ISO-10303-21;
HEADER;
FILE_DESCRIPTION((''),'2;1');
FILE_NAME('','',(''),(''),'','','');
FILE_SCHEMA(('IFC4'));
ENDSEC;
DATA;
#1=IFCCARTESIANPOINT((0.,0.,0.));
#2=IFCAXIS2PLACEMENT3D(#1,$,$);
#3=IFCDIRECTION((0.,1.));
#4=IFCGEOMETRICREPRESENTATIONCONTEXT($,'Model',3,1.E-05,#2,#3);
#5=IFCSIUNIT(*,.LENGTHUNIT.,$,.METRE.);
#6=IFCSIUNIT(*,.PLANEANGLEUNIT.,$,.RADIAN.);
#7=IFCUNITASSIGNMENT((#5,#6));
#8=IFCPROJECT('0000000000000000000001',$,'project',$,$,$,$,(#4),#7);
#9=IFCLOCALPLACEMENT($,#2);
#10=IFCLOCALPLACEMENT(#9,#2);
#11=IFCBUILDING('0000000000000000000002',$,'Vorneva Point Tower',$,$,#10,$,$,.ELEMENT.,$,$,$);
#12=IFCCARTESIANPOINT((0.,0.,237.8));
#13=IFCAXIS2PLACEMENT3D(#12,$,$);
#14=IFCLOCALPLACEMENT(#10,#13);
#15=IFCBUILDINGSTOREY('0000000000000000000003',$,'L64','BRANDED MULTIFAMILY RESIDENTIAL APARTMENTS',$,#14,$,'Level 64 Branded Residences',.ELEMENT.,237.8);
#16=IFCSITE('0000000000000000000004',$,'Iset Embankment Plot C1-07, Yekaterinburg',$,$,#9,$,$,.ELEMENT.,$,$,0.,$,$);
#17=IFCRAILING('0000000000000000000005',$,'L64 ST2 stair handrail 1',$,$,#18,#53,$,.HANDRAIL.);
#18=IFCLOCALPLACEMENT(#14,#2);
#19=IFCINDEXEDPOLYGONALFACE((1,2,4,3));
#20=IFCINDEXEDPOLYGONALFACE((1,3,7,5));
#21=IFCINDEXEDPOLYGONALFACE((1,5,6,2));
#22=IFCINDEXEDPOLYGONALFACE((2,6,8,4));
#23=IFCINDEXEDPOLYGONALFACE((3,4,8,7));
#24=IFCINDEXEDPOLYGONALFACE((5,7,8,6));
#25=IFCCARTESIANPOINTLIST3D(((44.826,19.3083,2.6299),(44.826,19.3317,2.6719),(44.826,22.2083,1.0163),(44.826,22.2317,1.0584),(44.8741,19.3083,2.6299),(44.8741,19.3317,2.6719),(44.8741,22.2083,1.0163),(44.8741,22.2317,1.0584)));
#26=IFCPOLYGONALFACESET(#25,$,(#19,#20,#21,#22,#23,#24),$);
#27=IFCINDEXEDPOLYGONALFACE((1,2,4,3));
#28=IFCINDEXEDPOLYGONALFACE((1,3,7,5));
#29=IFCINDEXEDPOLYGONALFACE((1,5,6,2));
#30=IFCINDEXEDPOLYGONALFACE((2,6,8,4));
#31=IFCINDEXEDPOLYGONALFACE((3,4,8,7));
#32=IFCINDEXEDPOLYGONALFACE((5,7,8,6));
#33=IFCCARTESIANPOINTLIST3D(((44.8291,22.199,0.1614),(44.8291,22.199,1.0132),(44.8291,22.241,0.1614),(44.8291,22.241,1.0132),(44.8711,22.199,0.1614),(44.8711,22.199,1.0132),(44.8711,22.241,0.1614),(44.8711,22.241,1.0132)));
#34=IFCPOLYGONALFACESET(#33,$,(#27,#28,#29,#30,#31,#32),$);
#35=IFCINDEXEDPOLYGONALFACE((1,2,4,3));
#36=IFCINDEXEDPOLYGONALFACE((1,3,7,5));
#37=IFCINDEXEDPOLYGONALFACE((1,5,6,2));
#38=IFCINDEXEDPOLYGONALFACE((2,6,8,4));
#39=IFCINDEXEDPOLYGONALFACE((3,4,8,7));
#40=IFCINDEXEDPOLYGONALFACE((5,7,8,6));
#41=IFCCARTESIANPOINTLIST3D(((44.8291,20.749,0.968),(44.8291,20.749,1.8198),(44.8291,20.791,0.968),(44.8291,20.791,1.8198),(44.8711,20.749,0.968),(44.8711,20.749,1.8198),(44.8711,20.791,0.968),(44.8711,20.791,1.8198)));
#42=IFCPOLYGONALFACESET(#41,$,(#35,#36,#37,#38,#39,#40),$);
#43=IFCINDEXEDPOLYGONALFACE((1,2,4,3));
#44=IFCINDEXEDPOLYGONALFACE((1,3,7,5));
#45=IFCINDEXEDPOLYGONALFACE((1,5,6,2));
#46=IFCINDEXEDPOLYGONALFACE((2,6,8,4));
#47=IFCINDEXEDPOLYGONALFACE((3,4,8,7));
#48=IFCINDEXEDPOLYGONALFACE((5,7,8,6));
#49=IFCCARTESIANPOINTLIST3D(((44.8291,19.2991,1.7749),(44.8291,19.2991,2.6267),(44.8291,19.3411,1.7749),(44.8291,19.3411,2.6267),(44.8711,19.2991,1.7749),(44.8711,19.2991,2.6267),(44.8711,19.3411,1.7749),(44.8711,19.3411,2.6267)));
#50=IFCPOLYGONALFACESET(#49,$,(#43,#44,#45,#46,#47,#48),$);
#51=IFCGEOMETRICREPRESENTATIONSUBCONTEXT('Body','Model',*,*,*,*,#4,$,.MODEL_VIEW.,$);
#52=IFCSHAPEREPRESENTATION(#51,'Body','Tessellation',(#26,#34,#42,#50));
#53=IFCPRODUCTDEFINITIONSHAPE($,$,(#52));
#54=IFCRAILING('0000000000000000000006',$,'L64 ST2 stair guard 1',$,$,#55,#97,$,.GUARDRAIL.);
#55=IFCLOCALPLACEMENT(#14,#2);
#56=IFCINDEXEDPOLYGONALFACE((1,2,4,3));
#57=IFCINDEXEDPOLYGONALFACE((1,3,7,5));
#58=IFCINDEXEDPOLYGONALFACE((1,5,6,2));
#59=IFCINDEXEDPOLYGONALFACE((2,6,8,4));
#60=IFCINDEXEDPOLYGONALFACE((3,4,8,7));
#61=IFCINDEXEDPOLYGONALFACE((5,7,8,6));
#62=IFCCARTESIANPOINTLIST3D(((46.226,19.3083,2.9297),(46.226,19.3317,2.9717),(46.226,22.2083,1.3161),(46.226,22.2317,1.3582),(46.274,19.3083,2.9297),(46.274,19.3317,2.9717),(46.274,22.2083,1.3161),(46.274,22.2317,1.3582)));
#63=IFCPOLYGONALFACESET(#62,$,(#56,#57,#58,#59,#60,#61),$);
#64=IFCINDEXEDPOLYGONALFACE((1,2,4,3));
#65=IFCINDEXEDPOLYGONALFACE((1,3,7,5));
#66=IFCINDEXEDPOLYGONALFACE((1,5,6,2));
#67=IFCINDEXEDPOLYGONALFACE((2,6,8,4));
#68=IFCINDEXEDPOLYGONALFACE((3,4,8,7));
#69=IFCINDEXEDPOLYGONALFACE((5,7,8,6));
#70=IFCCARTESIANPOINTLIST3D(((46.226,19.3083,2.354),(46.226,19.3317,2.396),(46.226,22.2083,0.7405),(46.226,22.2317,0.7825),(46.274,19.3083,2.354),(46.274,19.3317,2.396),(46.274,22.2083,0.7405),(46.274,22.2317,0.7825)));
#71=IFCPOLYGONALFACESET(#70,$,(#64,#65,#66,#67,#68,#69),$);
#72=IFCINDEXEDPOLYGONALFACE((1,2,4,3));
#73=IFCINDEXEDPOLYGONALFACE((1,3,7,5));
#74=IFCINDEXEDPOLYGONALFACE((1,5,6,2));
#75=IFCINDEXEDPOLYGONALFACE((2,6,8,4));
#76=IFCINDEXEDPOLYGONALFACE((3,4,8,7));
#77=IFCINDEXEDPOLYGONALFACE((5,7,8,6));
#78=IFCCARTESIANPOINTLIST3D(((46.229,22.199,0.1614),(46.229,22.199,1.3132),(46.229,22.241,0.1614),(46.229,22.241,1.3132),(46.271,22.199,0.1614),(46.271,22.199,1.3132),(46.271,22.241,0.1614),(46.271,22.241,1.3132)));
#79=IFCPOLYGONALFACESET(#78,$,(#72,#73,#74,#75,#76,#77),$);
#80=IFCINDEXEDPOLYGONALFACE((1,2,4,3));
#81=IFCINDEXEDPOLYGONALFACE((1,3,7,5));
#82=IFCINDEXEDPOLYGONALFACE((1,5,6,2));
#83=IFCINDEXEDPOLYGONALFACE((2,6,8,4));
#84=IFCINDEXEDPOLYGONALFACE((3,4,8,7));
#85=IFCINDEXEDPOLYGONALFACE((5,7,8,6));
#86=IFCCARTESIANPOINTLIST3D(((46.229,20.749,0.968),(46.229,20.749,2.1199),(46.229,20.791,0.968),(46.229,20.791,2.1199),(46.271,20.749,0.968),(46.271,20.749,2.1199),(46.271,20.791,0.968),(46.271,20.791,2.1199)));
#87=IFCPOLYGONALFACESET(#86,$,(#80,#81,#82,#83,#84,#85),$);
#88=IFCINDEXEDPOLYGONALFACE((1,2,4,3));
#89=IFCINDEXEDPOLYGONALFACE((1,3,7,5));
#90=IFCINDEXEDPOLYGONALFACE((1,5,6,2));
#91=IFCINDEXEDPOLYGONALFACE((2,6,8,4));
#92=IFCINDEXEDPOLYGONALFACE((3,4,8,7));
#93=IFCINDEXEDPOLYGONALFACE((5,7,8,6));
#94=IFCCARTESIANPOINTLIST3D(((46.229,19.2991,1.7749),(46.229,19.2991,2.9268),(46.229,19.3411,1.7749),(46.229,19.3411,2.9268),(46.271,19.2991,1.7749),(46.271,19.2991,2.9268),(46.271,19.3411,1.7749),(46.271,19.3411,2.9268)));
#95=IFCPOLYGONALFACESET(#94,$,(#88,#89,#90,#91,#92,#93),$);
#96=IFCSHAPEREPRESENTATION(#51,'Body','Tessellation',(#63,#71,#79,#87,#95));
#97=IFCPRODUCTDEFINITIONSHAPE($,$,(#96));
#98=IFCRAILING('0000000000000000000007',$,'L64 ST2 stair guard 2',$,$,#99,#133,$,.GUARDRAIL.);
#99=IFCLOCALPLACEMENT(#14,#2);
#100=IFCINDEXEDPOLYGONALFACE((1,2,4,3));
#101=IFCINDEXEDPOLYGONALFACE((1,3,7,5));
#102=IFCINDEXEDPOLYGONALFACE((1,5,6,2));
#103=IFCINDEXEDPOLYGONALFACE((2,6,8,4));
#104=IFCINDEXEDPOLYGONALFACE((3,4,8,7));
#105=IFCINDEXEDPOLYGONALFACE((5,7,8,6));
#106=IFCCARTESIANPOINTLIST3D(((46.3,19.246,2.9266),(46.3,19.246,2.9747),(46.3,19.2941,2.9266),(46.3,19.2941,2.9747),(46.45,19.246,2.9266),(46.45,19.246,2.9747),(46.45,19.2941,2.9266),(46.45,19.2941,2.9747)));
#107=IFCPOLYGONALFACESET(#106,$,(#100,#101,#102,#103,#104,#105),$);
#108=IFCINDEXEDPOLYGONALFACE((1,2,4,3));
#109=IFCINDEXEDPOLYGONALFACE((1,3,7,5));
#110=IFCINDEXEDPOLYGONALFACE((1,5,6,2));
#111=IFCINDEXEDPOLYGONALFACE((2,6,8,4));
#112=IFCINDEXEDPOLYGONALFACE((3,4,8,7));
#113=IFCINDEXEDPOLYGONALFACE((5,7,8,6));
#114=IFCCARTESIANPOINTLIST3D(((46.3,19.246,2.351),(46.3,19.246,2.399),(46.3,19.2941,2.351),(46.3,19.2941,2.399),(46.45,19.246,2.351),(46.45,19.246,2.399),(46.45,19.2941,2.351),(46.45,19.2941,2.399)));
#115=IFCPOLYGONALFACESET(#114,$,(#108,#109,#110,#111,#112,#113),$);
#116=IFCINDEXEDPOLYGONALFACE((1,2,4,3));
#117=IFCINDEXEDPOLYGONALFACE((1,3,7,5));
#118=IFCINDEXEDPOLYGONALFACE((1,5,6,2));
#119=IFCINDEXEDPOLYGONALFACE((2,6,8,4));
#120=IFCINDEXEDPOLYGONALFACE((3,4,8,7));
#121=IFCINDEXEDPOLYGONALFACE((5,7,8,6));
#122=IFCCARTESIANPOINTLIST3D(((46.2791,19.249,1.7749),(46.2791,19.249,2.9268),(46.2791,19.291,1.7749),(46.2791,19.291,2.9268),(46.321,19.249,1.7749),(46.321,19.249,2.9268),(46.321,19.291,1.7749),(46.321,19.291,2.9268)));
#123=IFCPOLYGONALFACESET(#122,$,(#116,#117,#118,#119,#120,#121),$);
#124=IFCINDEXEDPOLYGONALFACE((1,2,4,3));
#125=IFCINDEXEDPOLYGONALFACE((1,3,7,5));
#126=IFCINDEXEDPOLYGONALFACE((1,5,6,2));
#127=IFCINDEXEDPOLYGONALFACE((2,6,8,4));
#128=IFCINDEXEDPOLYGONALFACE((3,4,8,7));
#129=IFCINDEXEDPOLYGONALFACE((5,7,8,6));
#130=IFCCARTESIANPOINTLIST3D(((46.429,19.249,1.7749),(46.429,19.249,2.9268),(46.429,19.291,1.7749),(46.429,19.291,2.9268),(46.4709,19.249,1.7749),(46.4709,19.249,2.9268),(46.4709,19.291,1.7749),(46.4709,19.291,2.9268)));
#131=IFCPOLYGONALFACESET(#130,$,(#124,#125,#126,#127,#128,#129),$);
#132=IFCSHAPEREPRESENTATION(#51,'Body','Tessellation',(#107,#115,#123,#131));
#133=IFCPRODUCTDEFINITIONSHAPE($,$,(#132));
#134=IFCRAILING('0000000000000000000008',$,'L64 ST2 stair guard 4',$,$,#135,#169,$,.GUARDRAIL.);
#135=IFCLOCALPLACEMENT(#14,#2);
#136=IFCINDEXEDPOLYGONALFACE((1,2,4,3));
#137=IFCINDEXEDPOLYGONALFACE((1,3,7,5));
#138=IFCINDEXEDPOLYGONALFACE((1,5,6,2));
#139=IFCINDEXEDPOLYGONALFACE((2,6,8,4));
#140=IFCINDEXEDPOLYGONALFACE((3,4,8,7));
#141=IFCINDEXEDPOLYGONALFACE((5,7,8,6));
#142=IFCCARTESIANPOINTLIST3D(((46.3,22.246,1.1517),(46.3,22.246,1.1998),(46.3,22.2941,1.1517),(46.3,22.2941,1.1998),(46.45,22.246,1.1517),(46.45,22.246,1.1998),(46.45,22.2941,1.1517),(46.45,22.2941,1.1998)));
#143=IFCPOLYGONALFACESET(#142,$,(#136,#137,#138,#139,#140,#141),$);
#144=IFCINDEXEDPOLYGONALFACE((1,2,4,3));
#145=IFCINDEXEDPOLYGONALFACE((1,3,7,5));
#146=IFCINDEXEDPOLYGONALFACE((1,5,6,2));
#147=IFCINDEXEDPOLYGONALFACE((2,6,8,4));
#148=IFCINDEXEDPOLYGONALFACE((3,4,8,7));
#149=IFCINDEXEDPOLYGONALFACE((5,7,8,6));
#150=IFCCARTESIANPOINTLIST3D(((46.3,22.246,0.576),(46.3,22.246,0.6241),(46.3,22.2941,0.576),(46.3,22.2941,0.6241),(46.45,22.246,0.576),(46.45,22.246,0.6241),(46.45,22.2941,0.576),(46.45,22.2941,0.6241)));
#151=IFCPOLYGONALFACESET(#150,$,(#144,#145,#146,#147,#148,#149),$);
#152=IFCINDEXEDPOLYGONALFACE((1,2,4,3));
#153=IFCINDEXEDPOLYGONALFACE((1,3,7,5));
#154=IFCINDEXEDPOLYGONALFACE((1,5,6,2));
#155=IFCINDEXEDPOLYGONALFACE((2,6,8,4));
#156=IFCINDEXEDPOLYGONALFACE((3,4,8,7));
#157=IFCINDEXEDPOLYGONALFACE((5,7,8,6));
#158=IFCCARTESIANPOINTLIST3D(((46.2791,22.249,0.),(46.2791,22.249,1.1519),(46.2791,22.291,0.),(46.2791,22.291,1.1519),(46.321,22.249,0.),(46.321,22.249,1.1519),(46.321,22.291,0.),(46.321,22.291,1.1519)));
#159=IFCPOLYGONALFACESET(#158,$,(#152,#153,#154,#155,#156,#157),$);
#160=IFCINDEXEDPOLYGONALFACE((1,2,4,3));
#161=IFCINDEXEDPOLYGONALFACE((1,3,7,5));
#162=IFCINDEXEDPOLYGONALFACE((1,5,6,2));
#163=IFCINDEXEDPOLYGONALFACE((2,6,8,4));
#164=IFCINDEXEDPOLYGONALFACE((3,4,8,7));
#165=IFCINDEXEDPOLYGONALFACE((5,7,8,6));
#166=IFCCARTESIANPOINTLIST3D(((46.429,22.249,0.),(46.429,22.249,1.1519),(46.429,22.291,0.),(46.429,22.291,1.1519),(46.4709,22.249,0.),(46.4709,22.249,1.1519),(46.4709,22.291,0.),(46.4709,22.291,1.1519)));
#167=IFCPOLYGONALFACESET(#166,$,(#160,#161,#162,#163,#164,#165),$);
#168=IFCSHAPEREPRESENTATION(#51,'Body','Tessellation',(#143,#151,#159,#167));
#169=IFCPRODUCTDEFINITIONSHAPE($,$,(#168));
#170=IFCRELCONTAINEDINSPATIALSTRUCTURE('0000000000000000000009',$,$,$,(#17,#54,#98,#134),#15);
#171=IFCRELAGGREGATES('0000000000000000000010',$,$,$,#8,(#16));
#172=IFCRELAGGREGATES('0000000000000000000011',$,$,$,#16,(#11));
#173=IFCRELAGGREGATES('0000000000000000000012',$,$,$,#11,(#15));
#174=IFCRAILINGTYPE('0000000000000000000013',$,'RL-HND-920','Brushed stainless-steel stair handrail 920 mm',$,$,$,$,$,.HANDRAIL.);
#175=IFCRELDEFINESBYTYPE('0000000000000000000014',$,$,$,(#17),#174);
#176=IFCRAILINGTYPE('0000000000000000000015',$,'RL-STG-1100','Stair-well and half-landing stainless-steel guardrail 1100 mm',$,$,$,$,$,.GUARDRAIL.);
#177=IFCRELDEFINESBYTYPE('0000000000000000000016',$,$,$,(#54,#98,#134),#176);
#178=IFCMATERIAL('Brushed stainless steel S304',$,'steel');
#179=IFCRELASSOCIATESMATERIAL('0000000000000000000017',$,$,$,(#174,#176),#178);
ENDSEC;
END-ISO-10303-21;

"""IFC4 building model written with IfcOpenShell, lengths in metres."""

from ifc_helpers import new_model, si_unit, direction, frame, origin, origin_2d, place, context, subcontext, project, spatial, rectangle, extrude, material, type_object, element, save


model = new_model("IFC4")

# Units and contexts
model_context = context("Model", 3, precision=1e-05, world=origin(), true_north=direction((0.0, 1.0)))
body_context = subcontext(model_context, "Body", "Model", "MODEL_VIEW")
ifc_project = project(units=[si_unit("LENGTHUNIT", "METRE"), si_unit("PLANEANGLEUNIT", "RADIAN")], contexts=[model_context])

# Site, building, storey
site_placement = place(None, origin())
site = spatial("IfcSite", under=ifc_project, at=site_placement, Name="Iset Embankment Plot C1-07, Yekaterinburg", CompositionType="ELEMENT", RefElevation=0.0)
building_placement = place(site_placement, origin())
building = spatial("IfcBuilding", under=site, at=building_placement, Name="Vorneva Point Tower", CompositionType="ELEMENT")
storey_placement = place(building_placement, frame((0.0, 0.0, 237.8)))
storey = spatial("IfcBuildingStorey", under=building, at=storey_placement, Name="L64", Description="BRANDED MULTIFAMILY RESIDENTIAL APARTMENTS", LongName="Level 64 Branded Residences", CompositionType="ELEMENT", Elevation=237.8)

# Railings
ifc_material_1 = material(Name="Brushed stainless steel S304", Category="steel")
railing_type_1 = type_object("IfcRailingType", Name="RL-HND-920", Description="Brushed stainless-steel stair handrail 920 mm", PredefinedType="HANDRAIL", material=ifc_material_1)
railing_1_placement = place(storey_placement, frame((44.8501, 22.22, 0.1614)))
element("IfcRailing", 1, at=railing_1_placement, inside=storey, type_object=railing_type_1, Name="L64 ST2 stair handrail 1", PredefinedType="HANDRAIL", context=body_context, shape_type="SweptSolid", body=[
    extrude(rectangle(XDim=0.0481, YDim=0.0481, at=origin_2d()), frame((0.0, 0.0, 0.876), z_axis=(0.0, -0.873841, 0.486211), x_axis=(1.0, 0.0, 0.0)), (0.0, 0.0, 1.0), 3.3186),
    extrude(rectangle(XDim=0.042, YDim=0.042, at=origin_2d()), origin(), (0.0, 0.0, 1.0), 0.8518),
    extrude(rectangle(XDim=0.042, YDim=0.042, at=origin_2d()), frame((0.0, -1.45, 0.8066)), (0.0, 0.0, 1.0), 0.8518),
    extrude(rectangle(XDim=0.042, YDim=0.042, at=origin_2d()), frame((0.0, -2.8999, 1.6135)), (0.0, 0.0, 1.0), 0.8518),
])
railing_type_2 = type_object("IfcRailingType", Name="RL-STG-1100", Description="Stair-well and half-landing stainless-steel guardrail 1100 mm", PredefinedType="GUARDRAIL", material=ifc_material_1)
railing_2_placement = place(storey_placement, frame((46.25, 22.22, 0.1614)))
element("IfcRailing", 2, at=railing_2_placement, inside=storey, type_object=railing_type_2, Name="L64 ST2 stair guard 1", PredefinedType="GUARDRAIL", context=body_context, shape_type="SweptSolid", body=[
    extrude(rectangle(XDim=0.0481, YDim=0.0481, at=origin_2d()), frame((0.0, 0.0, 1.1758), z_axis=(0.0, -0.873841, 0.486211), x_axis=(1.0, 0.0, 0.0)), (0.0, 0.0, 1.0), 3.3186),
    extrude(rectangle(XDim=0.0481, YDim=0.0481, at=origin_2d()), frame((0.0, 0.0, 0.6001), z_axis=(0.0, -0.873841, 0.486211), x_axis=(1.0, 0.0, 0.0)), (0.0, 0.0, 1.0), 3.3186),
    extrude(rectangle(XDim=0.042, YDim=0.042, at=origin_2d()), origin(), (0.0, 0.0, 1.0), 1.1519),
    extrude(rectangle(XDim=0.042, YDim=0.042, at=origin_2d()), frame((0.0, -1.45, 0.8066)), (0.0, 0.0, 1.0), 1.1519),
    extrude(rectangle(XDim=0.042, YDim=0.042, at=origin_2d()), frame((0.0, -2.8999, 1.6135)), (0.0, 0.0, 1.0), 1.1519),
])
for number, where, name in (
    (3, (46.3, 19.27, 1.7749), "L64 ST2 stair guard 2"),
    (4, (46.3, 22.27, 0.0), "L64 ST2 stair guard 4"),
):
    element("IfcRailing", number, at=place(storey_placement, frame(where)), inside=storey, type_object=railing_type_2, Name=name, PredefinedType="GUARDRAIL", context=body_context, shape_type="SweptSolid", body=[
        extrude(rectangle(XDim=0.0481, YDim=0.0481, at=origin_2d()), frame((0.0, 0.0, 1.1758), z_axis=(1.0, 0.0, 0.0), x_axis=(0.0, 1.0, 0.0)), (0.0, 0.0, 1.0), 0.1499),
        extrude(rectangle(XDim=0.0481, YDim=0.0481, at=origin_2d()), frame((0.0, 0.0, 0.6001), z_axis=(1.0, 0.0, 0.0), x_axis=(0.0, 1.0, 0.0)), (0.0, 0.0, 1.0), 0.1499),
        extrude(rectangle(XDim=0.042, YDim=0.042, at=origin_2d()), origin(), (0.0, 0.0, 1.0), 1.1519),
        extrude(rectangle(XDim=0.042, YDim=0.042, at=origin_2d()), frame((0.1499, 0.0, 0.0)), (0.0, 0.0, 1.0), 1.1519),
    ])

save(model, "model.ifc")
